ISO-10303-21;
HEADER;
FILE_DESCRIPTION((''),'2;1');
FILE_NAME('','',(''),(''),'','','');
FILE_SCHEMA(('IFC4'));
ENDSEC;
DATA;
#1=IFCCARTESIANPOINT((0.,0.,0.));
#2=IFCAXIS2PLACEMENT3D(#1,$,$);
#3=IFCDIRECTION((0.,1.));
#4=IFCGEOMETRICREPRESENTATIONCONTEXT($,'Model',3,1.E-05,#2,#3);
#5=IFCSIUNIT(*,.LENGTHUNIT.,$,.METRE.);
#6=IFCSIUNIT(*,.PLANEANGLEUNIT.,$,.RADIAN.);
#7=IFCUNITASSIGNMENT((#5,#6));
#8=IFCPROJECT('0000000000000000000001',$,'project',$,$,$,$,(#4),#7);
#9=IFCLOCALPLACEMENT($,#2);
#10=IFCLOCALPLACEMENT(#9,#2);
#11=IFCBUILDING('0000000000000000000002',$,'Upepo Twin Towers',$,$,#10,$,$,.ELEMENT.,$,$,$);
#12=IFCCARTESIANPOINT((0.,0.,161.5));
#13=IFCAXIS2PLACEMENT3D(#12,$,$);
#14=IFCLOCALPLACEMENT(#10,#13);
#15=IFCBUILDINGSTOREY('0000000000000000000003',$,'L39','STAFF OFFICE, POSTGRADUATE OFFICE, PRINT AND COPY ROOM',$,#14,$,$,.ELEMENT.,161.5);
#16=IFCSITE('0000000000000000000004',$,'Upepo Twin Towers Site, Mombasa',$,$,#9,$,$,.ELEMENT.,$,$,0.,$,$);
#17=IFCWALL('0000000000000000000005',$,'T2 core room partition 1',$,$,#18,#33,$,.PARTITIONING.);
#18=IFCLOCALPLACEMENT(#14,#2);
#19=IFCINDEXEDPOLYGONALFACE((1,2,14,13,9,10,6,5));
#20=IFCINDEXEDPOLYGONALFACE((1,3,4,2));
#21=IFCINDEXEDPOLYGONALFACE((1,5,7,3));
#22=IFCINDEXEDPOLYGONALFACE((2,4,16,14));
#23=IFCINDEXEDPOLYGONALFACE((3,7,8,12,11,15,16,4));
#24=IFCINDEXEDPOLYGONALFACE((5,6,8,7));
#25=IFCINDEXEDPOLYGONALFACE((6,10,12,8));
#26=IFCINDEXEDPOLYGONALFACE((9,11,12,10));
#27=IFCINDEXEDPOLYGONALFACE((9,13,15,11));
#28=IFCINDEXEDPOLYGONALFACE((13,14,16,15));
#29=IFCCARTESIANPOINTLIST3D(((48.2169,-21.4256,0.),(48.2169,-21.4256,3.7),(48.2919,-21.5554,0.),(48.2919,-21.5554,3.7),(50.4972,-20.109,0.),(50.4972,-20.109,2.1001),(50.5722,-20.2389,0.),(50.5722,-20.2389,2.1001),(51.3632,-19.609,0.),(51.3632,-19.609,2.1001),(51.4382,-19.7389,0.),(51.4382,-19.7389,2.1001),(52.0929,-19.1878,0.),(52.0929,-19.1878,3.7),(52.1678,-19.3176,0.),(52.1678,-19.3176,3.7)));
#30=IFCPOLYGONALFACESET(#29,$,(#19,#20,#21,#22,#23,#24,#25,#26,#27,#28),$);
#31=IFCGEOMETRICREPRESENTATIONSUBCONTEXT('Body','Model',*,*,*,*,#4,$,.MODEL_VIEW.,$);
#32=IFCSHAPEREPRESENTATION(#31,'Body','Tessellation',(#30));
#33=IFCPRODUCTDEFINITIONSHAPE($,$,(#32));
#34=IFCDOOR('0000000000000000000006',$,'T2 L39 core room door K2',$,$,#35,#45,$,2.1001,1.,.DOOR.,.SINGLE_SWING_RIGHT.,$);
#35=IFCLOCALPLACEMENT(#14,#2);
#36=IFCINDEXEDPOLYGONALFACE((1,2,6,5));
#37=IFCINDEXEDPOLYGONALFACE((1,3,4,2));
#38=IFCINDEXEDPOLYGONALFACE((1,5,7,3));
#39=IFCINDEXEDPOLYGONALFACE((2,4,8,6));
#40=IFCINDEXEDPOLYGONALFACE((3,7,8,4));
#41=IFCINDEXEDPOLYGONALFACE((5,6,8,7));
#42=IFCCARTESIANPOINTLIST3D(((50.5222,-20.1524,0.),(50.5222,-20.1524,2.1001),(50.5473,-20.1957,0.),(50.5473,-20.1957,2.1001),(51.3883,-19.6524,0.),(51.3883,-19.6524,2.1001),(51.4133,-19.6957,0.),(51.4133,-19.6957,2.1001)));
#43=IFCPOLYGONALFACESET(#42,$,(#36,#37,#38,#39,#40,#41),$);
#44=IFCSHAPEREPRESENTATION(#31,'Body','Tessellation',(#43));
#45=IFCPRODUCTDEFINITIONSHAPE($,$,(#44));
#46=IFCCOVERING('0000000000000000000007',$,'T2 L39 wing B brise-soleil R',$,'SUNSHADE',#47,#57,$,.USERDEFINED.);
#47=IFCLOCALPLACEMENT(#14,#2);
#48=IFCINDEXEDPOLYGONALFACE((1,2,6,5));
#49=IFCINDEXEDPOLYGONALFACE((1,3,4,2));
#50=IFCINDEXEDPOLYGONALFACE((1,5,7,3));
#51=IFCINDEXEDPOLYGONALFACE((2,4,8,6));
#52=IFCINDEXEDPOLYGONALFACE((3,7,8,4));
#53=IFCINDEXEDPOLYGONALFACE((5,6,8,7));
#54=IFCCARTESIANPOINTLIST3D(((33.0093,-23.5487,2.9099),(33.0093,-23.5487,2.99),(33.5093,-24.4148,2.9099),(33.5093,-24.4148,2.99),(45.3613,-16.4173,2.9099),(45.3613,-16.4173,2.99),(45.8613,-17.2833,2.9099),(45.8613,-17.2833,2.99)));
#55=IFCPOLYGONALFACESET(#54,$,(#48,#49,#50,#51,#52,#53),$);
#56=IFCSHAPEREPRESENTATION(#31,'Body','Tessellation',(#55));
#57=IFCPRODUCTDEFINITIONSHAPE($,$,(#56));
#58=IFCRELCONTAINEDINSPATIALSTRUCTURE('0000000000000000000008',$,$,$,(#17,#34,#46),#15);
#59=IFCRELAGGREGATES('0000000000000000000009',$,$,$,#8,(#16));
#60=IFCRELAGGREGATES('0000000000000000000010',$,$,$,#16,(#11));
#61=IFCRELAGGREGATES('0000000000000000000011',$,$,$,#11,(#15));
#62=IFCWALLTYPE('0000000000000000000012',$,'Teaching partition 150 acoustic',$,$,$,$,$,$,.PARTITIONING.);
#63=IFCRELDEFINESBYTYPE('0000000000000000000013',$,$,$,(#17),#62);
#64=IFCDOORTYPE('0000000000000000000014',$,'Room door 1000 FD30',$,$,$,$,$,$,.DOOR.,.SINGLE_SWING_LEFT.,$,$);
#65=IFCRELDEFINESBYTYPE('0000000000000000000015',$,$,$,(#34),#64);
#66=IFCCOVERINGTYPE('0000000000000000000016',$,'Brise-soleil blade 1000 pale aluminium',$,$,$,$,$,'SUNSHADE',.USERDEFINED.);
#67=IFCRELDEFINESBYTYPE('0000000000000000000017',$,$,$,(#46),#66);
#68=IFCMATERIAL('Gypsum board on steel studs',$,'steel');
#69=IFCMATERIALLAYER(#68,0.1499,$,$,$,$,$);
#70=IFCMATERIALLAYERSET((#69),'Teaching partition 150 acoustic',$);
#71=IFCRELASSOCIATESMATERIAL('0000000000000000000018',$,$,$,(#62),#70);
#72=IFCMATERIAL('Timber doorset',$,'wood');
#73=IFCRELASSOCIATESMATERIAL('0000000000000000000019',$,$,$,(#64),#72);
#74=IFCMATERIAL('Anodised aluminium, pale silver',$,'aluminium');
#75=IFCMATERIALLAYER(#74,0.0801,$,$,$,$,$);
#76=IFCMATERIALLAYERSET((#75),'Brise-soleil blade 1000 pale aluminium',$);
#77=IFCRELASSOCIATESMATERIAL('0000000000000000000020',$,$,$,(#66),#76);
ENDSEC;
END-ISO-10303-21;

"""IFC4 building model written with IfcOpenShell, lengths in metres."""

from ifc_helpers import new_model, si_unit, direction, frame, frame_2d, origin, origin_2d, place, context, subcontext, project, spatial, rectangle, extrude, material, layer, layer_set, type_object, element, fill, save


model = new_model("IFC4")

# Units and contexts
model_context = context("Model", 3, precision=1e-05, world=origin(), true_north=direction((0.0, 1.0)))
body_context = subcontext(model_context, "Body", "Model", "MODEL_VIEW")
ifc_project = project(units=[si_unit("LENGTHUNIT", "METRE"), si_unit("PLANEANGLEUNIT", "RADIAN")], contexts=[model_context])

# Site, building, storey
site_placement = place(None, origin())
site = spatial("IfcSite", under=ifc_project, at=site_placement, Name="Upepo Twin Towers Site, Mombasa", CompositionType="ELEMENT", RefElevation=0.0)
building_placement = place(site_placement, origin())
building = spatial("IfcBuilding", under=site, at=building_placement, Name="Upepo Twin Towers", CompositionType="ELEMENT")
storey_placement = place(building_placement, frame((0.0, 0.0, 161.5)))
storey = spatial("IfcBuildingStorey", under=building, at=storey_placement, Name="L39", Description="STAFF OFFICE, POSTGRADUATE OFFICE, PRINT AND COPY ROOM", CompositionType="ELEMENT", Elevation=161.5)

# Wall, opening, door
ifc_material_1 = material(Name="Gypsum board on steel studs", Category="steel")
ifc_layer_1 = layer(ifc_material_1, 0.1499)
ifc_layer_set_1 = layer_set([ifc_layer_1], Name="Teaching partition 150 acoustic")
wall_type_1 = type_object("IfcWallType", Name="Teaching partition 150 acoustic", PredefinedType="PARTITIONING", material=ifc_layer_set_1)
wall_1_placement = place(storey_placement, frame((48.2544, -21.4905, 0.0), z_axis=(0.0, 0.0, 1.0), x_axis=(0.866026, 0.499999, 0.0)))
wall_1 = element("IfcWall", 1, at=wall_1_placement, inside=storey, type_object=wall_type_1, Name="T2 core room partition 1", PredefinedType="PARTITIONING", context=body_context, shape_type="SweptSolid", body=[
    extrude(rectangle(XDim=4.4756, YDim=0.1499, at=frame_2d((2.2378, 0.0))), origin(), (0.0, 0.0, 1.0), 3.7),
])
opening_1_placement = place(wall_1_placement, frame((2.6331, 0.0, 0.0)))
opening_1 = element("IfcOpeningElement", 2, at=opening_1_placement, cuts=wall_1, PredefinedType="OPENING", context=body_context, shape_type="SweptSolid", body=[
    extrude(rectangle(XDim=1.0, YDim=2.1001, at=frame_2d((0.5, 1.05))), frame((0.0, 0.085, 0.0), z_axis=(0.0, -1.0, 0.0), x_axis=(1.0, 0.0, 0.0)), (0.0, 0.0, 1.0), 0.1699),
])
ifc_material_2 = material(Name="Timber doorset", Category="wood")
door_type_1 = type_object("IfcDoorType", Name="Room door 1000 FD30", OperationType="SINGLE_SWING_LEFT", PredefinedType="DOOR", material=ifc_material_2)
door_1_placement = place(opening_1_placement, origin())
door_1 = element("IfcDoor", 3, at=door_1_placement, inside=storey, type_object=door_type_1, Name="T2 L39 core room door K2", OperationType="SINGLE_SWING_RIGHT", OverallHeight=2.1001, OverallWidth=1.0, PredefinedType="DOOR", context=body_context, shape_type="SweptSolid", body=[
    extrude(rectangle(XDim=1.0, YDim=2.1001, at=frame_2d((0.5, 1.05))), frame((0.0, 0.0249, 0.0), z_axis=(0.0, -1.0, 0.0), x_axis=(1.0, 0.0, 0.0)), (0.0, 0.0, 1.0), 0.05),
])
fill(opening_1, door_1)

# Covering
ifc_material_3 = material(Name="Anodised aluminium, pale silver", Category="aluminium")
ifc_layer_2 = layer(ifc_material_3, 0.0801)
ifc_layer_set_2 = layer_set([ifc_layer_2], Name="Brise-soleil blade 1000 pale aluminium")
covering_type = type_object("IfcCoveringType", Name="Brise-soleil blade 1000 pale aluminium", ElementType="SUNSHADE", PredefinedType="USERDEFINED", material=ifc_layer_set_2)
covering_placement = place(storey_placement, frame((39.4353, -20.416, 2.9099), z_axis=(0.0, 0.0, 1.0), x_axis=(-0.866025, -0.5, 0.0)))
element("IfcCovering", 4, at=covering_placement, inside=storey, type_object=covering_type, Name="T2 L39 wing B brise-soleil R", ObjectType="SUNSHADE", PredefinedType="USERDEFINED", context=body_context, shape_type="SweptSolid", body=[
    extrude(rectangle(XDim=14.2629, YDim=1.0, at=origin_2d()), origin(), (0.0, 0.0, 1.0), 0.0801),
])

save(model, "model.ifc")
